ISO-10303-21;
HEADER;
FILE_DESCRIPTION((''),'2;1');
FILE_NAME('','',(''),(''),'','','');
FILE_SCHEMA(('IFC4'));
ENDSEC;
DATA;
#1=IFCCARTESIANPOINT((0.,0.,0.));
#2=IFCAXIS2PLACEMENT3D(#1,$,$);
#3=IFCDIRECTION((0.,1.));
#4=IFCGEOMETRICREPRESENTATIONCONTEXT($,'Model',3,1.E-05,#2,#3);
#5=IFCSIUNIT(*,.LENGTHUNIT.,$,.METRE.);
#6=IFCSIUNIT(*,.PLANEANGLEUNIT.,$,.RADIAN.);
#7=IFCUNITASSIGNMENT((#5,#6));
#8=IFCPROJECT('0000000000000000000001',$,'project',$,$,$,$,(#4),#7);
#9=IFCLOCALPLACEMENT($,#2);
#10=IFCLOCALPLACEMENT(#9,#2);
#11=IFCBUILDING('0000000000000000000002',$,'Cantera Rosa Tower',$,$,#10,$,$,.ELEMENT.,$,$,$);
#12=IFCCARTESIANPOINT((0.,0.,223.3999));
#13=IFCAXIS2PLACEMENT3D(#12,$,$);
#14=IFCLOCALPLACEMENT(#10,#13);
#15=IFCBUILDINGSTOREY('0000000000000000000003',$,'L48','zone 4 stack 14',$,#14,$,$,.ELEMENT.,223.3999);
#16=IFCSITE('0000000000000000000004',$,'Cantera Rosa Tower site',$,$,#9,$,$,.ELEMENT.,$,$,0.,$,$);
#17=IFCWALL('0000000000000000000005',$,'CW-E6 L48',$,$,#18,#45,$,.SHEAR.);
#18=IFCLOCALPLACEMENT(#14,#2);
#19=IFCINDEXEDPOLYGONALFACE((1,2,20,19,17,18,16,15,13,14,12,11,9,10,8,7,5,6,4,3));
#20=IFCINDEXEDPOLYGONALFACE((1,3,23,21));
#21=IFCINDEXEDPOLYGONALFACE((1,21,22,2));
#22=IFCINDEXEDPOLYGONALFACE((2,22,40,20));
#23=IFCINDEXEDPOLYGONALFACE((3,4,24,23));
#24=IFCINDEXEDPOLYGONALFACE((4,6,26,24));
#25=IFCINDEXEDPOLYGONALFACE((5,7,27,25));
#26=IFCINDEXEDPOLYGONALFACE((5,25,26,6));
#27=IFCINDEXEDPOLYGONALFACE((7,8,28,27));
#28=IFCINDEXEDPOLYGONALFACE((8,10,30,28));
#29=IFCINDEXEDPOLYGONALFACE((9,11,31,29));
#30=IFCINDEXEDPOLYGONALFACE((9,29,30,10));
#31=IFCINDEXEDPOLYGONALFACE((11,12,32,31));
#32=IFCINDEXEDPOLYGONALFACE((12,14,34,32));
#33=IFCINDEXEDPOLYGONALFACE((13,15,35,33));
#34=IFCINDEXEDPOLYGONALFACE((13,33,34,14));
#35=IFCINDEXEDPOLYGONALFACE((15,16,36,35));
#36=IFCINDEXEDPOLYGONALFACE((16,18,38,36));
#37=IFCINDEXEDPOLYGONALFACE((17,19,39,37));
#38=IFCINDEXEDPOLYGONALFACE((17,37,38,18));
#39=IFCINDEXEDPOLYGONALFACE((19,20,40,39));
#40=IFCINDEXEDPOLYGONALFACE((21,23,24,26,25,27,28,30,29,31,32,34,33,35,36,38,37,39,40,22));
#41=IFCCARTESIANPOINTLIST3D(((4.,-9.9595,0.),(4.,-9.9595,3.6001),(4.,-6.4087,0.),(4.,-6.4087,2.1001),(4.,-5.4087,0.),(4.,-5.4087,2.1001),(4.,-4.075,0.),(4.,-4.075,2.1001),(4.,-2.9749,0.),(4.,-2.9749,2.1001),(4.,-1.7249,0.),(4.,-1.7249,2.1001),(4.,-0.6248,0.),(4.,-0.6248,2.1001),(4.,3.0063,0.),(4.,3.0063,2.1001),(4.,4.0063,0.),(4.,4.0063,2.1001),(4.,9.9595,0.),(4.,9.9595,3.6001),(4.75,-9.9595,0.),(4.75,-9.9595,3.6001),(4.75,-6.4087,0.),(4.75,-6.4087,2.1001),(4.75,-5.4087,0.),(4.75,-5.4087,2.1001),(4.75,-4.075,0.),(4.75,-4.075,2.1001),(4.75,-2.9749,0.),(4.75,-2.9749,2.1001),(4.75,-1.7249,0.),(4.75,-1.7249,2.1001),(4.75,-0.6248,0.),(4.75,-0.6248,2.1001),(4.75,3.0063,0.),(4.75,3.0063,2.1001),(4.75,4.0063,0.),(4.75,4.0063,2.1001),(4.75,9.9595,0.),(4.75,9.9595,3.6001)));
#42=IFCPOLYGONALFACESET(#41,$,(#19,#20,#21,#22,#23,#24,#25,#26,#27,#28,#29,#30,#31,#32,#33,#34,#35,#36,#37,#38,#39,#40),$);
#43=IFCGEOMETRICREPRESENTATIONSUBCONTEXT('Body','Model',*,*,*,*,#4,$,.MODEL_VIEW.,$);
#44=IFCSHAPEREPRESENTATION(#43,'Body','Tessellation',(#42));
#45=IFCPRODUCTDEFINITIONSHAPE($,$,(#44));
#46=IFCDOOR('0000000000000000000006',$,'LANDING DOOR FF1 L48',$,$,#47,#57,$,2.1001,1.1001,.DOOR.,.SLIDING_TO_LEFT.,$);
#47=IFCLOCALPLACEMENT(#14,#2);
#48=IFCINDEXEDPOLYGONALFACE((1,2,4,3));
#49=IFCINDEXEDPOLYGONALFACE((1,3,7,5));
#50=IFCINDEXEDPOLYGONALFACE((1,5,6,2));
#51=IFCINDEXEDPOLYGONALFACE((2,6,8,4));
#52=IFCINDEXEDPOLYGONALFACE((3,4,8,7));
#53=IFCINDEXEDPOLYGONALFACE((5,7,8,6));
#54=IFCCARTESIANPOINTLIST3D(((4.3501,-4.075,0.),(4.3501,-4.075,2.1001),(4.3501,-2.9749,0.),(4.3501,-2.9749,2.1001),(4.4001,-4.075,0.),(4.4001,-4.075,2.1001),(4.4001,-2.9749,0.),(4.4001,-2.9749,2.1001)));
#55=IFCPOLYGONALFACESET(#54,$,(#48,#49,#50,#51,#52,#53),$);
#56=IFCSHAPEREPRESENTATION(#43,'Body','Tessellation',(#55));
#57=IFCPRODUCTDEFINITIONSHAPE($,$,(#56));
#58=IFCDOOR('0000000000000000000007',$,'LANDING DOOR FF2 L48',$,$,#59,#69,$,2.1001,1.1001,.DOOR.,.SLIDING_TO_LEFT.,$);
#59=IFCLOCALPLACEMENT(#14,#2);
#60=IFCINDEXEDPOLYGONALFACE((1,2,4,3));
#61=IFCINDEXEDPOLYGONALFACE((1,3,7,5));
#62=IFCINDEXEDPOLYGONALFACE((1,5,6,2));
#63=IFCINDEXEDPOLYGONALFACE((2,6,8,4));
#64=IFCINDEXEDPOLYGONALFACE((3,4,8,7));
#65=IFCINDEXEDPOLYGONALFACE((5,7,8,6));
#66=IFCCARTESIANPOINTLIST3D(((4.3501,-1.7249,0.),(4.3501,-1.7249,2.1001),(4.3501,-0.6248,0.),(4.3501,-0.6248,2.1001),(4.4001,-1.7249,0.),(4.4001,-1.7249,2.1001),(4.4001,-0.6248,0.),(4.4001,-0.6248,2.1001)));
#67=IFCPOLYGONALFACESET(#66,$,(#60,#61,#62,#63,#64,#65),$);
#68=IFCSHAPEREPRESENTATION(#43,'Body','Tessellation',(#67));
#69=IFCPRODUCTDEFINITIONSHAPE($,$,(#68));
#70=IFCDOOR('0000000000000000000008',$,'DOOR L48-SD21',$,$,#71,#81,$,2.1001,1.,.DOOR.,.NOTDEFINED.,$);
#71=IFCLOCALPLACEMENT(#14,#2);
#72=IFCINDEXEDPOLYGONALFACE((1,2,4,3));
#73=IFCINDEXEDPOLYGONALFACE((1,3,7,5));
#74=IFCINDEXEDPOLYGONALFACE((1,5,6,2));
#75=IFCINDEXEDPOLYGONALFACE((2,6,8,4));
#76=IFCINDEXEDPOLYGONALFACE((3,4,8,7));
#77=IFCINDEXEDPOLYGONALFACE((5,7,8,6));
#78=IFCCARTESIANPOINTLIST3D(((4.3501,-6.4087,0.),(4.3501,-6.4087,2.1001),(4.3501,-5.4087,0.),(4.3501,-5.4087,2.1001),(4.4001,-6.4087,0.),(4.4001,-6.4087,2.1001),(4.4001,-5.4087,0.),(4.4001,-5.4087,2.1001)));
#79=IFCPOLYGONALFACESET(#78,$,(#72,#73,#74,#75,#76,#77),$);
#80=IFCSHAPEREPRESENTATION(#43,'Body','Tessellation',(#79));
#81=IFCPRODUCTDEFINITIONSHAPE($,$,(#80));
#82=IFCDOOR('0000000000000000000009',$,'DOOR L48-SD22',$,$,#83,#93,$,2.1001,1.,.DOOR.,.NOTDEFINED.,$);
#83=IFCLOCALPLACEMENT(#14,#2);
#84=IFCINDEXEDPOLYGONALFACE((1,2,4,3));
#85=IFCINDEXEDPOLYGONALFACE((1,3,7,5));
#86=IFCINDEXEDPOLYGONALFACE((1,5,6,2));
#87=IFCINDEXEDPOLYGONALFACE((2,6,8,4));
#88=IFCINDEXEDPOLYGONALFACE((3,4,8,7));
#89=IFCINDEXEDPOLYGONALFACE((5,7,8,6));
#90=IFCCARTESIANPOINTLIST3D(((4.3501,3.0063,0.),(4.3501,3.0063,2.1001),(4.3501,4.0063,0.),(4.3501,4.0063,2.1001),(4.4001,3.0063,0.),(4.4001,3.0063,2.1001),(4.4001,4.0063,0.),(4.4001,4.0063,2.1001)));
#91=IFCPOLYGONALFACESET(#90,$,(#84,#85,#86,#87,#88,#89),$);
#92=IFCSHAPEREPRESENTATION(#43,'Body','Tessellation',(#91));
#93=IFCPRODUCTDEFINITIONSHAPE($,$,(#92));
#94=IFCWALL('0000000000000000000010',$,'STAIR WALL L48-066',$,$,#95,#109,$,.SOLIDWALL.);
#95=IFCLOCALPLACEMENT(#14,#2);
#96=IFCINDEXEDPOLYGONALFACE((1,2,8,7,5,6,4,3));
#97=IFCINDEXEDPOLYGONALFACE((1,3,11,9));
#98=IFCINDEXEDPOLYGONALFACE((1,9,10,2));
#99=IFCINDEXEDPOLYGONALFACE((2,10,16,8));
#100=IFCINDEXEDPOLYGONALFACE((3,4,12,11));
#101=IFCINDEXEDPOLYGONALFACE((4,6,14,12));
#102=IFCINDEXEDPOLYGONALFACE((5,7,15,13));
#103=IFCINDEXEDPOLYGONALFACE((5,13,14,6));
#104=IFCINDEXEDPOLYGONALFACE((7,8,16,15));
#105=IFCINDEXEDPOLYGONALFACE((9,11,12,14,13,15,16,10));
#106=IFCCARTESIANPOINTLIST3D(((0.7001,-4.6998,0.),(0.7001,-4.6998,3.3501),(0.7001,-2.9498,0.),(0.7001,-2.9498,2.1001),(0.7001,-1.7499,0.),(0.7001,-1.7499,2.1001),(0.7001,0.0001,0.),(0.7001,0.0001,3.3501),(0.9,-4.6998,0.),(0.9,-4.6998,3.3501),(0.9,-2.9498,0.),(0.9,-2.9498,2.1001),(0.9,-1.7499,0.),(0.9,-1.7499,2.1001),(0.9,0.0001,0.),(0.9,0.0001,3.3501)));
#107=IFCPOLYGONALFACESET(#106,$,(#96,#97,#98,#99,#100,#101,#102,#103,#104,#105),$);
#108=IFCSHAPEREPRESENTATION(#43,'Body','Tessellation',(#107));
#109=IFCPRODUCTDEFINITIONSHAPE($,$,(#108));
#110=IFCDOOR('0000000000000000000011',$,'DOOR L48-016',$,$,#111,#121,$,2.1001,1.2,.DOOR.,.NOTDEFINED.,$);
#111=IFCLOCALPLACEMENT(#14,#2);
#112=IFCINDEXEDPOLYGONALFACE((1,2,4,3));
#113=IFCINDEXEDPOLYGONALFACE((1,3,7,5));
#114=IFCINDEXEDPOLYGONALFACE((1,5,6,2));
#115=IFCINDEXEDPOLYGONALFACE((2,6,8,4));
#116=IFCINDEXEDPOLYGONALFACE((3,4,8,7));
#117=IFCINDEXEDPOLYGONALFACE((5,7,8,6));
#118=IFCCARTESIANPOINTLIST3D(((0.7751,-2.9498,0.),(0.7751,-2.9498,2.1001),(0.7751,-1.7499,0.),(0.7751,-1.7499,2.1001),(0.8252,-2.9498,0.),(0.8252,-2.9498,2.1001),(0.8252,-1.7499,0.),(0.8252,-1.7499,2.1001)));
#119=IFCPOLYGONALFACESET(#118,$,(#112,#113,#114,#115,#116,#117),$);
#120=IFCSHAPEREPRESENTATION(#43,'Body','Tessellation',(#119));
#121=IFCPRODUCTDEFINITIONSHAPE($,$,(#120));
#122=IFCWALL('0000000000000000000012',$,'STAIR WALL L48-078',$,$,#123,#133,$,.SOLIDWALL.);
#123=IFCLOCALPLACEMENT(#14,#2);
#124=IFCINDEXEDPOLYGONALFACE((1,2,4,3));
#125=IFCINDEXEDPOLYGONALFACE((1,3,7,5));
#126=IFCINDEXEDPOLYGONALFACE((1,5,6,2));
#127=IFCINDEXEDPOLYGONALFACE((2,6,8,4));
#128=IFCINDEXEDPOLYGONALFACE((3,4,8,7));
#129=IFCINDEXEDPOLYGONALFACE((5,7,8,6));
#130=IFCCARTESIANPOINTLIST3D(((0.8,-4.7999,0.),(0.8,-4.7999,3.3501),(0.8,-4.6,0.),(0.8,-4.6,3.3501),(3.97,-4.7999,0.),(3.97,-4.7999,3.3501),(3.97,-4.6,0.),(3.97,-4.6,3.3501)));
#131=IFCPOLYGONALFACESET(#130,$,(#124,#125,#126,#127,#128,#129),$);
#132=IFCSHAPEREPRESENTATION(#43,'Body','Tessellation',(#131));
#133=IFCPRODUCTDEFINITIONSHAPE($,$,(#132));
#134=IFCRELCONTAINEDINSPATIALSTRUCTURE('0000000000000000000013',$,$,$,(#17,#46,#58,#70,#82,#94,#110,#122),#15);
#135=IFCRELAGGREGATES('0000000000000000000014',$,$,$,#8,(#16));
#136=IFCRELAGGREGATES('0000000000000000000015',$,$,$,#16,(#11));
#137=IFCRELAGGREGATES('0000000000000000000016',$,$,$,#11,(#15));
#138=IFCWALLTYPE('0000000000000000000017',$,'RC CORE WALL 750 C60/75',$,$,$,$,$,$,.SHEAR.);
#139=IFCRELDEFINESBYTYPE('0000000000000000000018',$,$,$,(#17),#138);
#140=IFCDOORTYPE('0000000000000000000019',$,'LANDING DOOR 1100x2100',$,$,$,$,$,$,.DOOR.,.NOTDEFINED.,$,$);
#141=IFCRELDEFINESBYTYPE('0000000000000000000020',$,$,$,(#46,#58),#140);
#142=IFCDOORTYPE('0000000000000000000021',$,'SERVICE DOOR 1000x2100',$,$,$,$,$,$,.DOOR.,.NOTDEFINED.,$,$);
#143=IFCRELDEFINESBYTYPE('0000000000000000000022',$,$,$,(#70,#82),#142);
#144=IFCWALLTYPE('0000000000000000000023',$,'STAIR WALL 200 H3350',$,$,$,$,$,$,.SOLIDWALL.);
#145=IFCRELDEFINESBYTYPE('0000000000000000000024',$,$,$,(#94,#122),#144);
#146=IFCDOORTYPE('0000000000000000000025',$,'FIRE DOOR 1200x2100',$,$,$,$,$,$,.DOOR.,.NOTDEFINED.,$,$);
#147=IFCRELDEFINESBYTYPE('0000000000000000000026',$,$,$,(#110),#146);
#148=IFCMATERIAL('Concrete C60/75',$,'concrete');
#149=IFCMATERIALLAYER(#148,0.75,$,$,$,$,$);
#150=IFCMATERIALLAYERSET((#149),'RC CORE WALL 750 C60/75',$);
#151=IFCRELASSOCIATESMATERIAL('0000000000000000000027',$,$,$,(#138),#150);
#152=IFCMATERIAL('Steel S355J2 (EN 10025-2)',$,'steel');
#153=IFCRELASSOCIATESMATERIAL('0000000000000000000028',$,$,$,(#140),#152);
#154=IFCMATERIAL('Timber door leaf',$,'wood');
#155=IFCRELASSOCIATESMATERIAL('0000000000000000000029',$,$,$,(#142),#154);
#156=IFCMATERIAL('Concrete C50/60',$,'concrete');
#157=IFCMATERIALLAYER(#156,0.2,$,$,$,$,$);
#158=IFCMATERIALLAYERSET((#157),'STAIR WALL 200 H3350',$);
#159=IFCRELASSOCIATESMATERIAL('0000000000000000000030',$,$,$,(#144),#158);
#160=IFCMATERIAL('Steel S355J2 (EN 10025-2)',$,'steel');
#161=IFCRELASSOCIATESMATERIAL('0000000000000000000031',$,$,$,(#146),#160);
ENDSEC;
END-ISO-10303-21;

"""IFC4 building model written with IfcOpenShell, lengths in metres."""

from ifc_helpers import new_model, si_unit, direction, frame, frame_2d, origin, place, context, subcontext, project, spatial, rectangle, extrude, material, layer, layer_set, type_object, element, fill, save


model = new_model("IFC4")

# Units and contexts
model_context = context("Model", 3, precision=1e-05, world=origin(), true_north=direction((0.0, 1.0)))
body_context = subcontext(model_context, "Body", "Model", "MODEL_VIEW")
ifc_project = project(units=[si_unit("LENGTHUNIT", "METRE"), si_unit("PLANEANGLEUNIT", "RADIAN")], contexts=[model_context])

# Site, building, storey
site_placement = place(None, origin())
site = spatial("IfcSite", under=ifc_project, at=site_placement, Name="Cantera Rosa Tower site", CompositionType="ELEMENT", RefElevation=0.0)
building_placement = place(site_placement, origin())
building = spatial("IfcBuilding", under=site, at=building_placement, Name="Cantera Rosa Tower", CompositionType="ELEMENT")
storey_placement = place(building_placement, frame((0.0, 0.0, 223.3999)))
storey = spatial("IfcBuildingStorey", under=building, at=storey_placement, Name="L48", Description="zone 4 stack 14", CompositionType="ELEMENT", Elevation=223.3999)

# Shared definitions
ifc_material_1 = material(Name="Concrete C60/75", Category="concrete")
ifc_layer_1 = layer(ifc_material_1, 0.75)
ifc_layer_set_1 = layer_set([ifc_layer_1], Name="RC CORE WALL 750 C60/75")
wall_type_1 = type_object("IfcWallType", Name="RC CORE WALL 750 C60/75", PredefinedType="SHEAR", material=ifc_layer_set_1)

# Wall, openings, doors
wall_1_placement = place(storey_placement, frame((4.375, -9.9595, 0.0), z_axis=(0.0, 0.0, 1.0), x_axis=(0.0, 1.0, 0.0)))
wall_1 = element("IfcWall", 1, at=wall_1_placement, inside=storey, type_object=wall_type_1, Name="CW-E6 L48", PredefinedType="SHEAR", context=body_context, shape_type="SweptSolid", body=[
    extrude(rectangle(XDim=19.9189, YDim=0.75, at=frame_2d((9.9595, 0.0))), origin(), (0.0, 0.0, 1.0), 3.6001),
])
opening_1_placement = place(wall_1_placement, frame((5.8845, 0.0, 0.0)))
opening_1 = element("IfcOpeningElement", 2, at=opening_1_placement, cuts=wall_1, PredefinedType="OPENING", context=body_context, shape_type="SweptSolid", body=[
    extrude(rectangle(XDim=1.1001, YDim=2.1001, at=frame_2d((0.55, 1.05))), frame((0.0, 0.385, 0.0), z_axis=(0.0, -1.0, 0.0), x_axis=(1.0, 0.0, 0.0)), (0.0, 0.0, 1.0), 0.77),
])
opening_2_placement = place(wall_1_placement, frame((8.2346, 0.0, 0.0)))
opening_2 = element("IfcOpeningElement", 3, at=opening_2_placement, cuts=wall_1, PredefinedType="OPENING", context=body_context, shape_type="SweptSolid", body=[
    extrude(rectangle(XDim=1.1001, YDim=2.1001, at=frame_2d((0.55, 1.05))), frame((0.0, 0.385, 0.0), z_axis=(0.0, -1.0, 0.0), x_axis=(1.0, 0.0, 0.0)), (0.0, 0.0, 1.0), 0.77),
])
opening_3_placement = place(wall_1_placement, frame((3.5508, 0.0, 0.0)))
opening_3 = element("IfcOpeningElement", 4, at=opening_3_placement, cuts=wall_1, PredefinedType="OPENING", context=body_context, shape_type="SweptSolid", body=[
    extrude(rectangle(XDim=1.0, YDim=2.1001, at=frame_2d((0.5, 1.05))), frame((0.0, 0.385, 0.0), z_axis=(0.0, -1.0, 0.0), x_axis=(1.0, 0.0, 0.0)), (0.0, 0.0, 1.0), 0.77),
])
opening_4_placement = place(wall_1_placement, frame((12.9658, 0.0, 0.0)))
opening_4 = element("IfcOpeningElement", 5, at=opening_4_placement, cuts=wall_1, PredefinedType="OPENING", context=body_context, shape_type="SweptSolid", body=[
    extrude(rectangle(XDim=1.0, YDim=2.1001, at=frame_2d((0.5, 1.05))), frame((0.0, 0.385, 0.0), z_axis=(0.0, -1.0, 0.0), x_axis=(1.0, 0.0, 0.0)), (0.0, 0.0, 1.0), 0.77),
])
ifc_material_2 = material(Name="Steel S355J2 (EN 10025-2)", Category="steel")
door_type_1 = type_object("IfcDoorType", Name="LANDING DOOR 1100x2100", OperationType="NOTDEFINED", PredefinedType="DOOR", material=ifc_material_2)
door_1_placement = place(opening_1_placement, origin())
door_1 = element("IfcDoor", 6, at=door_1_placement, inside=storey, type_object=door_type_1, Name="LANDING DOOR FF1 L48", OperationType="SLIDING_TO_LEFT", OverallHeight=2.1001, OverallWidth=1.1001, PredefinedType="DOOR", context=body_context, shape_type="SweptSolid", body=[
    extrude(rectangle(XDim=1.1001, YDim=2.1001, at=frame_2d((0.55, 1.05))), frame((0.0, 0.0249, 0.0), z_axis=(0.0, -1.0, 0.0), x_axis=(1.0, 0.0, 0.0)), (0.0, 0.0, 1.0), 0.05),
])
fill(opening_1, door_1)
door_2_placement = place(opening_2_placement, origin())
door_2 = element("IfcDoor", 7, at=door_2_placement, inside=storey, type_object=door_type_1, Name="LANDING DOOR FF2 L48", OperationType="SLIDING_TO_LEFT", OverallHeight=2.1001, OverallWidth=1.1001, PredefinedType="DOOR", context=body_context, shape_type="SweptSolid", body=[
    extrude(rectangle(XDim=1.1001, YDim=2.1001, at=frame_2d((0.55, 1.05))), frame((0.0, 0.0249, 0.0), z_axis=(0.0, -1.0, 0.0), x_axis=(1.0, 0.0, 0.0)), (0.0, 0.0, 1.0), 0.05),
])
fill(opening_2, door_2)
ifc_material_3 = material(Name="Timber door leaf", Category="wood")
door_type_2 = type_object("IfcDoorType", Name="SERVICE DOOR 1000x2100", OperationType="NOTDEFINED", PredefinedType="DOOR", material=ifc_material_3)
door_3_placement = place(opening_3_placement, origin())
door_3 = element("IfcDoor", 8, at=door_3_placement, inside=storey, type_object=door_type_2, Name="DOOR L48-SD21", OperationType="NOTDEFINED", OverallHeight=2.1001, OverallWidth=1.0, PredefinedType="DOOR", context=body_context, shape_type="SweptSolid", body=[
    extrude(rectangle(XDim=1.0, YDim=2.1001, at=frame_2d((0.5, 1.05))), frame((0.0, 0.0249, 0.0), z_axis=(0.0, -1.0, 0.0), x_axis=(1.0, 0.0, 0.0)), (0.0, 0.0, 1.0), 0.05),
])
fill(opening_3, door_3)
door_4_placement = place(opening_4_placement, origin())
door_4 = element("IfcDoor", 9, at=door_4_placement, inside=storey, type_object=door_type_2, Name="DOOR L48-SD22", OperationType="NOTDEFINED", OverallHeight=2.1001, OverallWidth=1.0, PredefinedType="DOOR", context=body_context, shape_type="SweptSolid", body=[
    extrude(rectangle(XDim=1.0, YDim=2.1001, at=frame_2d((0.5, 1.05))), frame((0.0, 0.0249, 0.0), z_axis=(0.0, -1.0, 0.0), x_axis=(1.0, 0.0, 0.0)), (0.0, 0.0, 1.0), 0.05),
])
fill(opening_4, door_4)

# Wall, opening, door
ifc_material_4 = material(Name="Concrete C50/60", Category="concrete")
ifc_layer_2 = layer(ifc_material_4, 0.2)
ifc_layer_set_2 = layer_set([ifc_layer_2], Name="STAIR WALL 200 H3350")
wall_type_2 = type_object("IfcWallType", Name="STAIR WALL 200 H3350", PredefinedType="SOLIDWALL", material=ifc_layer_set_2)
wall_2_placement = place(storey_placement, frame((0.8, -4.7, 0.0), z_axis=(0.0, 0.0, 1.0), x_axis=(0.0, 1.0, 0.0)))
wall_2 = element("IfcWall", 10, at=wall_2_placement, inside=storey, type_object=wall_type_2, Name="STAIR WALL L48-066", PredefinedType="SOLIDWALL", context=body_context, shape_type="SweptSolid", body=[
    extrude(rectangle(XDim=4.7, YDim=0.2, at=frame_2d((2.3501, 0.0))), origin(), (0.0, 0.0, 1.0), 3.3501),
])
opening_5_placement = place(wall_2_placement, frame((1.75, 0.0, 0.0)))
opening_5 = element("IfcOpeningElement", 11, at=opening_5_placement, cuts=wall_2, PredefinedType="OPENING", context=body_context, shape_type="SweptSolid", body=[
    extrude(rectangle(XDim=1.2, YDim=2.1001, at=frame_2d((0.6001, 1.05))), frame((0.0, 0.1099, 0.0), z_axis=(0.0, -1.0, 0.0), x_axis=(1.0, 0.0, 0.0)), (0.0, 0.0, 1.0), 0.22),
])
ifc_material_5 = material(Name="Steel S355J2 (EN 10025-2)", Category="steel")
door_type_3 = type_object("IfcDoorType", Name="FIRE DOOR 1200x2100", OperationType="NOTDEFINED", PredefinedType="DOOR", material=ifc_material_5)
door_5_placement = place(opening_5_placement, origin())
door_5 = element("IfcDoor", 12, at=door_5_placement, inside=storey, type_object=door_type_3, Name="DOOR L48-016", OperationType="NOTDEFINED", OverallHeight=2.1001, OverallWidth=1.2, PredefinedType="DOOR", context=body_context, shape_type="SweptSolid", body=[
    extrude(rectangle(XDim=1.2, YDim=2.1001, at=frame_2d((0.6001, 1.05))), frame((0.0, 0.0249, 0.0), z_axis=(0.0, -1.0, 0.0), x_axis=(1.0, 0.0, 0.0)), (0.0, 0.0, 1.0), 0.05),
])
fill(opening_5, door_5)

# Wall
wall_3_placement = place(storey_placement, frame((3.97, -4.7, 0.0), z_axis=(0.0, 0.0, 1.0), x_axis=(-1.0, 0.0, 0.0)))
element("IfcWall", 13, at=wall_3_placement, inside=storey, type_object=wall_type_2, Name="STAIR WALL L48-078", PredefinedType="SOLIDWALL", context=body_context, shape_type="SweptSolid", body=[
    extrude(rectangle(XDim=3.1699, YDim=0.2, at=frame_2d((1.585, 0.0))), origin(), (0.0, 0.0, 1.0), 3.3501),
])

save(model, "model.ifc")
